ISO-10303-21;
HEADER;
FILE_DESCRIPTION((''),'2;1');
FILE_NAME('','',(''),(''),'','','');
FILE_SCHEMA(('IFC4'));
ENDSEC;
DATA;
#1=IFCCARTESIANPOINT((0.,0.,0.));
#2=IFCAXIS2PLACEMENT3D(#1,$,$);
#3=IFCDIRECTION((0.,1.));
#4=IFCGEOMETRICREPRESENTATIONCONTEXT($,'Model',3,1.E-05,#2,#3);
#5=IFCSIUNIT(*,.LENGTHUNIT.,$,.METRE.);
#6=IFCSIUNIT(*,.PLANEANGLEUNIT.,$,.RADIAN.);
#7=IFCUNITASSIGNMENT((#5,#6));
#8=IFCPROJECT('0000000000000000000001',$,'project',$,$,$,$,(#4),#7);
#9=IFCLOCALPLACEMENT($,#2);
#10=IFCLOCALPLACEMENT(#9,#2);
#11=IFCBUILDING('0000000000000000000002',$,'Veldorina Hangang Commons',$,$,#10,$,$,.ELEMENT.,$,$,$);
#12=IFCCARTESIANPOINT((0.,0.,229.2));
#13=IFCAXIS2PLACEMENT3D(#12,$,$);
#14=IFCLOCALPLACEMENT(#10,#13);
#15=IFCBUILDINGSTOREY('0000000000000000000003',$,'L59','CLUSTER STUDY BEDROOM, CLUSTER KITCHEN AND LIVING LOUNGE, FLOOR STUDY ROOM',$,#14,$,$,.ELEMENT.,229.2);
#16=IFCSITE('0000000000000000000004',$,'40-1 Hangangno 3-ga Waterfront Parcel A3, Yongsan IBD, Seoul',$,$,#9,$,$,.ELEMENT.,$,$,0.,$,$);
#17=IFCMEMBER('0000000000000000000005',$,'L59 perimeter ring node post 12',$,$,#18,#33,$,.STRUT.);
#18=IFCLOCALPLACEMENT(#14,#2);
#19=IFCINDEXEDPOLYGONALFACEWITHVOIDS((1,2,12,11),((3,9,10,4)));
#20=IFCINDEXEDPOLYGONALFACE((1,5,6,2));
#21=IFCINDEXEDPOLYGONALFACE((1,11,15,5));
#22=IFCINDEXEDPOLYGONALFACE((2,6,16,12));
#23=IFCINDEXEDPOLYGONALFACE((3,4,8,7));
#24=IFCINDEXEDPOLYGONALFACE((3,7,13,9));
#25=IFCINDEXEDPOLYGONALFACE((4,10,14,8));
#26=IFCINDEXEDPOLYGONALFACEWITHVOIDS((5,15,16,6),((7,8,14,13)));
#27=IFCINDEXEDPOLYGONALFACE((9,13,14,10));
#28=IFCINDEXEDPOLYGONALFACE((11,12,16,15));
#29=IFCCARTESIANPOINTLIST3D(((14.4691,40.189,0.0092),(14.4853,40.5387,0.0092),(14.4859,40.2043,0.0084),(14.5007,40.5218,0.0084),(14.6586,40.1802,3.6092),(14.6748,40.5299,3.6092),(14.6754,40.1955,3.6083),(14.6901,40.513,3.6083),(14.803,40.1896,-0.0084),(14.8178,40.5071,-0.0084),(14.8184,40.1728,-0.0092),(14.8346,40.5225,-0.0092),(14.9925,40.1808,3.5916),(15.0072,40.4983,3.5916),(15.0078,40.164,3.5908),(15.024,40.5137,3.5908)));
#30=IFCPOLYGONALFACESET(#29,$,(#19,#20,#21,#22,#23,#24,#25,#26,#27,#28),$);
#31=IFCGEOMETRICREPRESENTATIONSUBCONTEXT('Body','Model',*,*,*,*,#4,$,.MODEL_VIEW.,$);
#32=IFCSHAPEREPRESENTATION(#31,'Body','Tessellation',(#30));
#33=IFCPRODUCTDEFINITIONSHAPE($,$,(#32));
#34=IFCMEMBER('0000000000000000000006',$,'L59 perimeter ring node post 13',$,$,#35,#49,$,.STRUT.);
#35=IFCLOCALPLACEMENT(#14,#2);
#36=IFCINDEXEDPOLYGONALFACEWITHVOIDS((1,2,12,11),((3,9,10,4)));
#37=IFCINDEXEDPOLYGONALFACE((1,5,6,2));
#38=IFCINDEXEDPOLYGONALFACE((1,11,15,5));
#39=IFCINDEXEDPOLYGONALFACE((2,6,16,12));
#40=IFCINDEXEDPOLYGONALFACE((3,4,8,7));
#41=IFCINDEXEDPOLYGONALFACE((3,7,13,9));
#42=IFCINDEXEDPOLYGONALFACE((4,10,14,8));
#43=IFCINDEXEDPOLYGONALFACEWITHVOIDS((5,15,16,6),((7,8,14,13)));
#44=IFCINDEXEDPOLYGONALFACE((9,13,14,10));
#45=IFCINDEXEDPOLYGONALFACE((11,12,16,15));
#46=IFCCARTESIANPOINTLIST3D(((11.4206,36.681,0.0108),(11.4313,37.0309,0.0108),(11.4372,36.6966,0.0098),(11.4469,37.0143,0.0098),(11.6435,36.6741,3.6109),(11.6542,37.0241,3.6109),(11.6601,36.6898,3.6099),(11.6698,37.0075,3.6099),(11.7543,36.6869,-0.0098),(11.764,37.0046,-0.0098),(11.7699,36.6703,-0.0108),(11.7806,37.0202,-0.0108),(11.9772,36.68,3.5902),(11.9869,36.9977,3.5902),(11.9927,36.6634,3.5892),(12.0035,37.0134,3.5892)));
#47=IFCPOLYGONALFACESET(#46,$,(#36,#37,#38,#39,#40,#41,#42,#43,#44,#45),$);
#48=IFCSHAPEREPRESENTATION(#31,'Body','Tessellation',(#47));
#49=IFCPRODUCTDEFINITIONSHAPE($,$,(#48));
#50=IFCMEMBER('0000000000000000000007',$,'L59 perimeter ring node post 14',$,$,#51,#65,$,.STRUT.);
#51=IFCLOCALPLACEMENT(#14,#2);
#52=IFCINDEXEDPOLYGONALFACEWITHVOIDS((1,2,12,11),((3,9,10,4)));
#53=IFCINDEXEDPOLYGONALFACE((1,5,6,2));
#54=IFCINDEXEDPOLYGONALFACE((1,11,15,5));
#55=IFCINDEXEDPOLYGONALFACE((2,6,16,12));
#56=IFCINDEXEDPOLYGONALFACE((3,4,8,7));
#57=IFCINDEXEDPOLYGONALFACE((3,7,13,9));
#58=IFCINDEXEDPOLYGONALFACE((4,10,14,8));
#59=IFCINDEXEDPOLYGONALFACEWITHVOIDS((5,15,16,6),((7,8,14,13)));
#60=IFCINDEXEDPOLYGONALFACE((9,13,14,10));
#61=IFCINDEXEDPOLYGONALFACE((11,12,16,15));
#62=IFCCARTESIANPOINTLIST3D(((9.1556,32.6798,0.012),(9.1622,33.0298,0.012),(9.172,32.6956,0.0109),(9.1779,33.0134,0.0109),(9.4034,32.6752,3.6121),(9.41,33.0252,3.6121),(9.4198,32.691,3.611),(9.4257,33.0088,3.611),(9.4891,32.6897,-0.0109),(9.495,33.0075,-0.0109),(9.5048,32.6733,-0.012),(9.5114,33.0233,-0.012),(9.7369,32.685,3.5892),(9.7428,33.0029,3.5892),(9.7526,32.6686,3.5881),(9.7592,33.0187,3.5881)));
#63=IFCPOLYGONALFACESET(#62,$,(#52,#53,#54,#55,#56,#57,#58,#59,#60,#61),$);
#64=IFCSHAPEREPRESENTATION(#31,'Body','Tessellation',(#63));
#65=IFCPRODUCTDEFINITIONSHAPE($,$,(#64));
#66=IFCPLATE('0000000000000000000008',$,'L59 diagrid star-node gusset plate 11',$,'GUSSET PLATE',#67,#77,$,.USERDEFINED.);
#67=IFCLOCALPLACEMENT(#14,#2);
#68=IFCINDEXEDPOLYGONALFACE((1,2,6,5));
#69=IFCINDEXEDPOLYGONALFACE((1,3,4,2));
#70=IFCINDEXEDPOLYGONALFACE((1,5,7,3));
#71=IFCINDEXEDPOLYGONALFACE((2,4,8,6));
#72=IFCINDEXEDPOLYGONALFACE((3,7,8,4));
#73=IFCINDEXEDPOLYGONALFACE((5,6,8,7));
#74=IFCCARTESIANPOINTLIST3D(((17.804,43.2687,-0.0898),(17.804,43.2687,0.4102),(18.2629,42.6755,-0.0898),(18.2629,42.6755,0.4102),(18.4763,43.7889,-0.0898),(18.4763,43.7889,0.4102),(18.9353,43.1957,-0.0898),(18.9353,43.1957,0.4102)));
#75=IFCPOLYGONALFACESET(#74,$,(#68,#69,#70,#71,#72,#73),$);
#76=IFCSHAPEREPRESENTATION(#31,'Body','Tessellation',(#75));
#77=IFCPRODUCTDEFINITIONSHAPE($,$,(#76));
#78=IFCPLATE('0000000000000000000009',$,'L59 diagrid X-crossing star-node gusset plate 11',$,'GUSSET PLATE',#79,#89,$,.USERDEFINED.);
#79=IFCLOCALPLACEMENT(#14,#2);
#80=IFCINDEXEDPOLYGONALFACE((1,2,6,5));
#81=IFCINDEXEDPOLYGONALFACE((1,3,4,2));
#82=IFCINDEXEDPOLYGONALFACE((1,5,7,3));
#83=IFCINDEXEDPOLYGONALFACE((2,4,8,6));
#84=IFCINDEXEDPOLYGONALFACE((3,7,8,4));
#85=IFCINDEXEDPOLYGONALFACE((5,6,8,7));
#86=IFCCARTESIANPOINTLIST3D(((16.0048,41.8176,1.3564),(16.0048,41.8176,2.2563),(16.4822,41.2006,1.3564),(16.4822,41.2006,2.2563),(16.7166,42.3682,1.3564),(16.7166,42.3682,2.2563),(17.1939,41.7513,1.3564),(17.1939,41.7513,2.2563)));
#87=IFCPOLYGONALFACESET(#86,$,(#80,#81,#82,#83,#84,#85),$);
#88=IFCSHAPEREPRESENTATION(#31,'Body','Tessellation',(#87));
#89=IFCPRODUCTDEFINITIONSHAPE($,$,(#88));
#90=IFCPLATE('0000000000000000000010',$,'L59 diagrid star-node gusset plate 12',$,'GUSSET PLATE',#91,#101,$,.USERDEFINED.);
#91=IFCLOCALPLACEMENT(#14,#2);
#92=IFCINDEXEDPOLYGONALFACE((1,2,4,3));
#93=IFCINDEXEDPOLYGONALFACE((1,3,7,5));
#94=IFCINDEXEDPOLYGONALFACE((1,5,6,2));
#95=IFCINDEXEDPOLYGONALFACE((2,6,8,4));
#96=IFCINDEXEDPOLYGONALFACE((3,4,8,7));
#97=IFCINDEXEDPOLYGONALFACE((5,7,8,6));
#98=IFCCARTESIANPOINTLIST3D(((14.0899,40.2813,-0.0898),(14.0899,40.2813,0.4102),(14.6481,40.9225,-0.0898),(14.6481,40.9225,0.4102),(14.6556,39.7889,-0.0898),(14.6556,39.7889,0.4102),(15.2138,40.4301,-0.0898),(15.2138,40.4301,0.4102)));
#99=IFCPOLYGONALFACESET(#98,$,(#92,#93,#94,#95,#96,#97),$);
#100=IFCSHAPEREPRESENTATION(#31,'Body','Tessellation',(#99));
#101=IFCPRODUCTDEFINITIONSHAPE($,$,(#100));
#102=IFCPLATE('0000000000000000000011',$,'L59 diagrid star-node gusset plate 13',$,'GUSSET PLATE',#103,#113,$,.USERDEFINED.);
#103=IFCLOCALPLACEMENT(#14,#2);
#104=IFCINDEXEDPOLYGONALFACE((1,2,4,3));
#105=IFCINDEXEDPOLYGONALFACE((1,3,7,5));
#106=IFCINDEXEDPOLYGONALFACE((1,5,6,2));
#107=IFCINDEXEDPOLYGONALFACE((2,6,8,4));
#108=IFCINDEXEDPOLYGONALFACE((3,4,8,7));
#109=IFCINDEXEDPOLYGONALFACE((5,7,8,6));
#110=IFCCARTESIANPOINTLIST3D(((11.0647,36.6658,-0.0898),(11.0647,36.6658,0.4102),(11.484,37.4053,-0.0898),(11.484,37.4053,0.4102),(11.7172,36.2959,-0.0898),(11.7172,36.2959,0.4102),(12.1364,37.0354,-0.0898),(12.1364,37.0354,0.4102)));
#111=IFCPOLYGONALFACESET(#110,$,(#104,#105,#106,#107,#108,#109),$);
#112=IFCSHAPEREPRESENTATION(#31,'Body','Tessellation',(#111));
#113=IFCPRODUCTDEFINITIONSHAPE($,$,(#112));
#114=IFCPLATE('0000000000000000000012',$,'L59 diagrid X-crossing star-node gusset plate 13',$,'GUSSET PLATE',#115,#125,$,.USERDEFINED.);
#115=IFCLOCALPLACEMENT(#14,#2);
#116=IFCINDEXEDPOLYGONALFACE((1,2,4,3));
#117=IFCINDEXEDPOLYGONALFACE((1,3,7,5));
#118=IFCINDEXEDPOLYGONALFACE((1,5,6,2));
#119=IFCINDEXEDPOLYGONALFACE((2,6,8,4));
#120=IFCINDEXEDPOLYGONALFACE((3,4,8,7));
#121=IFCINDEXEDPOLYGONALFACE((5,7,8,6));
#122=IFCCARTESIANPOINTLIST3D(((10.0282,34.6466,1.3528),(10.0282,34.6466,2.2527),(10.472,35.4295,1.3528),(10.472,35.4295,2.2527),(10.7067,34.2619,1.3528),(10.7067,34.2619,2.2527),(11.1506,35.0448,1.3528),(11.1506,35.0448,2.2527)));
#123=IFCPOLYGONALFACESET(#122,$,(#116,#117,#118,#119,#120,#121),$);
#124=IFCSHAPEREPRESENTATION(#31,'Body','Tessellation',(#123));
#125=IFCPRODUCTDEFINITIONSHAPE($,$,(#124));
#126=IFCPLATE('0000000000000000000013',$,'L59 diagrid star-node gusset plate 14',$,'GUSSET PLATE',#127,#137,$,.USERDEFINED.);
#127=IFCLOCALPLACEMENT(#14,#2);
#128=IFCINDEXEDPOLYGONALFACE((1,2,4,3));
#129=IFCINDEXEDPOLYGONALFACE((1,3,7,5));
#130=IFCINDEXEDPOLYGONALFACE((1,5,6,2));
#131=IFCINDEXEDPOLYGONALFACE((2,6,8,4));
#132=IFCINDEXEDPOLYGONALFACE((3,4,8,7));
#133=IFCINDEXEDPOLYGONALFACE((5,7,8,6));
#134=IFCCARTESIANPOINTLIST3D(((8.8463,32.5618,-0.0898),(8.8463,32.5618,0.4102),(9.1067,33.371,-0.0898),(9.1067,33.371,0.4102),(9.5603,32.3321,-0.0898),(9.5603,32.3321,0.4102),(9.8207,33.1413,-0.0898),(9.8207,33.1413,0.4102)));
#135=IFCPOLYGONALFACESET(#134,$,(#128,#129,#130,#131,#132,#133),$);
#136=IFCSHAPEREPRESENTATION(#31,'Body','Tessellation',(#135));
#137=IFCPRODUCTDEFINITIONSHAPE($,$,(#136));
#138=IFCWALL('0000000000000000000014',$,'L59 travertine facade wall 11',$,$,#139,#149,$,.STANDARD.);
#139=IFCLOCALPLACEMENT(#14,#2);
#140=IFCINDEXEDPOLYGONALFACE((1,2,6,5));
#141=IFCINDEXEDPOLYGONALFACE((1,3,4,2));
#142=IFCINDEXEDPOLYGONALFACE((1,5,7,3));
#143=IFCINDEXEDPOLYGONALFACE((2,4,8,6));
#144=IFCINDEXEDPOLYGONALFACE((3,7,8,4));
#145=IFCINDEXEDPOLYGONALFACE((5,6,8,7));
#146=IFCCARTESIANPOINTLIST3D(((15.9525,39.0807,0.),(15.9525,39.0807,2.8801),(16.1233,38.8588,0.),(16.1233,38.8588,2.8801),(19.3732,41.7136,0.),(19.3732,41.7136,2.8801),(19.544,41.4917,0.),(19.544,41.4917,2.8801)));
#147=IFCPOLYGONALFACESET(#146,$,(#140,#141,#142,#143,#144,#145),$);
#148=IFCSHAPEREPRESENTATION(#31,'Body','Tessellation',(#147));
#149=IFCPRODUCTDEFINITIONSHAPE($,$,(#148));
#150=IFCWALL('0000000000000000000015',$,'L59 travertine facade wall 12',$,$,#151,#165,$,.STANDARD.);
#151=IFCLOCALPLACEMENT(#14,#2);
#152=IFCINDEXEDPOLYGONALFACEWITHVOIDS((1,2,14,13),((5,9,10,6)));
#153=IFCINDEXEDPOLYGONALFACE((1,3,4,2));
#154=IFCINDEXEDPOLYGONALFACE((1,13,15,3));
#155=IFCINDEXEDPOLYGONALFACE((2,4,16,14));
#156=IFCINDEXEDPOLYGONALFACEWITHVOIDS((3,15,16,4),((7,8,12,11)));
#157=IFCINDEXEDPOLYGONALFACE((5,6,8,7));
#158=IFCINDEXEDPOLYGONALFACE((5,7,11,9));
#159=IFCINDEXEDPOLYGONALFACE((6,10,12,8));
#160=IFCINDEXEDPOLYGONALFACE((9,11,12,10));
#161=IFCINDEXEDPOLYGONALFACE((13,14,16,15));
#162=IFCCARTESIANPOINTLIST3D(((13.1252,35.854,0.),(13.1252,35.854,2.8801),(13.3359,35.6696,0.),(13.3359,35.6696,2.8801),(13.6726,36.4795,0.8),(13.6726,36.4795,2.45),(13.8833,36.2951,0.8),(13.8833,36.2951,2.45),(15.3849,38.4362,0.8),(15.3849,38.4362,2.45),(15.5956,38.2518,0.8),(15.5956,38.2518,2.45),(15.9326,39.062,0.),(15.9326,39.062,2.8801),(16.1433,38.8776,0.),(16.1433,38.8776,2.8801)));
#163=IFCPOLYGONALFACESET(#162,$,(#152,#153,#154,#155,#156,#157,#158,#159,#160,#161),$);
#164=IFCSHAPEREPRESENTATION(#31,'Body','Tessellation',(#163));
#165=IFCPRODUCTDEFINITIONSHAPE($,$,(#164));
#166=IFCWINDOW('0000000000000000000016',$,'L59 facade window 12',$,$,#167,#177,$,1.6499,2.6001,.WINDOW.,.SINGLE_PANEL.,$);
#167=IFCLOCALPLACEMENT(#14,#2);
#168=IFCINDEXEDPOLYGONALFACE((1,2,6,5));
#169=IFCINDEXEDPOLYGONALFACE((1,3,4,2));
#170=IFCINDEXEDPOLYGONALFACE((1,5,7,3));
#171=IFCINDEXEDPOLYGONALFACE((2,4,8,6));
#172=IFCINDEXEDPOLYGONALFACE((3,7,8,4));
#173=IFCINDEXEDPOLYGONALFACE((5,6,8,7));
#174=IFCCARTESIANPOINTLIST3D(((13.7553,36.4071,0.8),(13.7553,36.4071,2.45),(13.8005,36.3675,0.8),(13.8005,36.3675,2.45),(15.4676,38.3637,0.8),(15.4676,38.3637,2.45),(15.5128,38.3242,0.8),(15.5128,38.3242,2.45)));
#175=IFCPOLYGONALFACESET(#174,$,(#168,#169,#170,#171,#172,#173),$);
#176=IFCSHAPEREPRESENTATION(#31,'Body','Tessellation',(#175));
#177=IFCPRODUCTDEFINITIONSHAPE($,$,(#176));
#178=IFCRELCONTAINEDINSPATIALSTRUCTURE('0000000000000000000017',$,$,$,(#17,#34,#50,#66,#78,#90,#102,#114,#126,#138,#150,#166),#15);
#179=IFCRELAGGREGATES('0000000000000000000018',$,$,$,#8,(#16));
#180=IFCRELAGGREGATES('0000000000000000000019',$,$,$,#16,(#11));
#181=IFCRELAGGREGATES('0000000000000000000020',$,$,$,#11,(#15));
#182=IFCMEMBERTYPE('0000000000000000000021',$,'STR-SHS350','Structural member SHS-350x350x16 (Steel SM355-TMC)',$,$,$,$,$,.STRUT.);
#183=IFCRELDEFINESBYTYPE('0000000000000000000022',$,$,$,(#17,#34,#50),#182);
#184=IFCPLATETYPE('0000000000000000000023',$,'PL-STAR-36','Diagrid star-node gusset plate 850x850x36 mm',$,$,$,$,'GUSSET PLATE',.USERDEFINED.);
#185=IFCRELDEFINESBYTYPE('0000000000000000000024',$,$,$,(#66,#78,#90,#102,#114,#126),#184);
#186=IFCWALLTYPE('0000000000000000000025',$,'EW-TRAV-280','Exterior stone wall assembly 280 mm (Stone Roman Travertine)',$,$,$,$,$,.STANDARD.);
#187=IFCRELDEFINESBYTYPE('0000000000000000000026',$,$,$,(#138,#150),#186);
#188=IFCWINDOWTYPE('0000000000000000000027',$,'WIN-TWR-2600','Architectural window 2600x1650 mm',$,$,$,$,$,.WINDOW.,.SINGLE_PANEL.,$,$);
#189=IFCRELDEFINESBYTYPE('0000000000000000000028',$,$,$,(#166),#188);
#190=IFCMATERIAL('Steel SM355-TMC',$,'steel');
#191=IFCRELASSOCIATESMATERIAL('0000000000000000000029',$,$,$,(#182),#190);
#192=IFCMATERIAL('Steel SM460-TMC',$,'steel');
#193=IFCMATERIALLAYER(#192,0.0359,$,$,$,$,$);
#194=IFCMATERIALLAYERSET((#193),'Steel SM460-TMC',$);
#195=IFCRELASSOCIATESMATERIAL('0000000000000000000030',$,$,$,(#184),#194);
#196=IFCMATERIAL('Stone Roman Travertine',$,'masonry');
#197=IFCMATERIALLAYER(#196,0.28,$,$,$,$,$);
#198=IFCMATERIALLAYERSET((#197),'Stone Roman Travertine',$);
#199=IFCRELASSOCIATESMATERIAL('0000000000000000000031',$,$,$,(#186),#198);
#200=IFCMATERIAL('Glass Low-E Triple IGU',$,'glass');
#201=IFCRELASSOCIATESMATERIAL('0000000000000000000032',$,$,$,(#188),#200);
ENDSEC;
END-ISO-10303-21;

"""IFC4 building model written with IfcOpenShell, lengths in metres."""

from ifc_helpers import new_model, si_unit, direction, frame, frame_2d, origin, origin_2d, place, context, subcontext, project, spatial, rectangle, hollow_rectangle, extrude, material, layer, layer_set, material_profile, profile_set, type_object, element, fill, save


model = new_model("IFC4")

# Units and contexts
model_context = context("Model", 3, precision=1e-05, world=origin(), true_north=direction((0.0, 1.0)))
body_context = subcontext(model_context, "Body", "Model", "MODEL_VIEW")
ifc_project = project(units=[si_unit("LENGTHUNIT", "METRE"), si_unit("PLANEANGLEUNIT", "RADIAN")], contexts=[model_context])

# Site, building, storey
site_placement = place(None, origin())
site = spatial("IfcSite", under=ifc_project, at=site_placement, Name="40-1 Hangangno 3-ga Waterfront Parcel A3, Yongsan IBD, Seoul", CompositionType="ELEMENT", RefElevation=0.0)
building_placement = place(site_placement, origin())
building = spatial("IfcBuilding", under=site, at=building_placement, Name="Veldorina Hangang Commons", CompositionType="ELEMENT")
storey_placement = place(building_placement, frame((0.0, 0.0, 229.2)))
storey = spatial("IfcBuildingStorey", under=building, at=storey_placement, Name="L59", Description="CLUSTER STUDY BEDROOM, CLUSTER KITCHEN AND LIVING LOUNGE, FLOOR STUDY ROOM", CompositionType="ELEMENT", Elevation=229.2)

# Shared definitions
ifc_material_1 = material(Name="Steel SM355-TMC", Category="steel")

# Members
ifc_material_profile_1 = material_profile(ifc_material_1, hollow_rectangle(XDim=0.3501, YDim=0.3501, WallThickness=0.0161, at=origin_2d()), Name="SHS-350x350x16")
ifc_profile_set_1 = profile_set([ifc_material_profile_1], Name="Steel SM355-TMC")
member_type_1 = type_object("IfcMemberType", Name="STR-SHS350", Description="Structural member SHS-350x350x16 (Steel SM355-TMC)", PredefinedType="STRUT", material=ifc_profile_set_1)
member_1_placement = place(storey_placement, frame((14.6519, 40.3557, 0.0), z_axis=(0.052552, -0.002438, 0.998615), x_axis=(0.046342, 0.998926, 0.0)))
element("IfcMember", 1, at=member_1_placement, inside=storey, type_object=member_type_1, Name="L59 perimeter ring node post 12", PredefinedType="STRUT", context=body_context, shape_type="SweptSolid", body=[
    extrude(hollow_rectangle(XDim=0.3501, YDim=0.3501, WallThickness=0.0161, at=origin_2d()), origin(), (0.0, 0.0, 1.0), 3.605),
])
member_2_placement = place(storey_placement, frame((11.6006, 36.8506, 0.0), z_axis=(0.061797, -0.001895, 0.998087), x_axis=(0.030654, 0.99953, 0.0)))
element("IfcMember", 2, at=member_2_placement, inside=storey, type_object=member_type_1, Name="L59 perimeter ring node post 13", PredefinedType="STRUT", context=body_context, shape_type="SweptSolid", body=[
    extrude(hollow_rectangle(XDim=0.3501, YDim=0.3501, WallThickness=0.0161, at=origin_2d()), origin(), (0.0, 0.0, 1.0), 3.6069),
])
member_3_placement = place(storey_placement, frame((9.3335, 32.8516, 0.0), z_axis=(0.06867, -0.001285, 0.997639), x_axis=(0.018716, 0.999825, 0.0)))
element("IfcMember", 3, at=member_3_placement, inside=storey, type_object=member_type_1, Name="L59 perimeter ring node post 14", PredefinedType="STRUT", context=body_context, shape_type="SweptSolid", body=[
    extrude(hollow_rectangle(XDim=0.3501, YDim=0.3501, WallThickness=0.0161, at=origin_2d()), origin(), (0.0, 0.0, 1.0), 3.6086),
])

# Plates
ifc_material_2 = material(Name="Steel SM460-TMC", Category="steel")
ifc_layer_1 = layer(ifc_material_2, 0.0359)
ifc_layer_set_1 = layer_set([ifc_layer_1], Name="Steel SM460-TMC")
plate_type = type_object("IfcPlateType", Name="PL-STAR-36", Description="Diagrid star-node gusset plate 850x850x36 mm", ElementType="GUSSET PLATE", PredefinedType="USERDEFINED", material=ifc_layer_set_1)
plate_1_placement = place(storey_placement, frame((18.3696, 43.2322, -0.0898), z_axis=(0.0, 0.0, 1.0), x_axis=(-0.790914, -0.611927, 0.0)))
element("IfcPlate", 4, at=plate_1_placement, inside=storey, type_object=plate_type, Name="L59 diagrid star-node gusset plate 11", ObjectType="GUSSET PLATE", PredefinedType="USERDEFINED", context=body_context, shape_type="SweptSolid", body=[
    extrude(rectangle(XDim=0.8501, YDim=0.75, at=origin_2d()), origin(), (0.0, 0.0, 1.0), 0.5),
])
plate_2_placement = place(storey_placement, frame((16.5994, 41.7844, 1.3564), z_axis=(0.0, 0.0, 1.0), x_axis=(-0.790914, -0.611927, 0.0)))
element("IfcPlate", 5, at=plate_2_placement, inside=storey, type_object=plate_type, Name="L59 diagrid X-crossing star-node gusset plate 11", ObjectType="GUSSET PLATE", PredefinedType="USERDEFINED", context=body_context, shape_type="SweptSolid", body=[
    extrude(rectangle(XDim=0.8999, YDim=0.78, at=origin_2d()), origin(), (0.0, 0.0, 1.0), 0.8999),
])
for number, where, z_axis, x_axis, name in (
    (6, (14.6519, 40.3557, -0.0898), (0.0, 0.0, 1.0), (-0.656573, -0.754263, 0.0), "L59 diagrid star-node gusset plate 12"),
    (7, (11.6006, 36.8506, -0.0898), (0.0, 0.0, 1.0), (-0.493198, -0.869917, 0.0), "L59 diagrid star-node gusset plate 13"),
):
    element("IfcPlate", number, at=place(storey_placement, frame(where, z_axis=z_axis, x_axis=x_axis)), inside=storey, type_object=plate_type, Name=name, ObjectType="GUSSET PLATE", PredefinedType="USERDEFINED", context=body_context, shape_type="SweptSolid", body=[
        extrude(rectangle(XDim=0.8501, YDim=0.75, at=origin_2d()), origin(), (0.0, 0.0, 1.0), 0.5),
    ])
plate_3_placement = place(storey_placement, frame((10.5894, 34.8457, 1.3528), z_axis=(0.0, 0.0, 1.0), x_axis=(-0.493198, -0.869917, 0.0)))
element("IfcPlate", 8, at=plate_3_placement, inside=storey, type_object=plate_type, Name="L59 diagrid X-crossing star-node gusset plate 13", ObjectType="GUSSET PLATE", PredefinedType="USERDEFINED", context=body_context, shape_type="SweptSolid", body=[
    extrude(rectangle(XDim=0.8999, YDim=0.78, at=origin_2d()), origin(), (0.0, 0.0, 1.0), 0.8999),
])
plate_4_placement = place(storey_placement, frame((9.3335, 32.8516, -0.0898), z_axis=(0.0, 0.0, 1.0), x_axis=(-0.306293, -0.951937, 0.0)))
element("IfcPlate", 9, at=plate_4_placement, inside=storey, type_object=plate_type, Name="L59 diagrid star-node gusset plate 14", ObjectType="GUSSET PLATE", PredefinedType="USERDEFINED", context=body_context, shape_type="SweptSolid", body=[
    extrude(rectangle(XDim=0.8501, YDim=0.75, at=origin_2d()), origin(), (0.0, 0.0, 1.0), 0.5),
])

# Wall
ifc_material_3 = material(Name="Stone Roman Travertine", Category="masonry")
ifc_layer_2 = layer(ifc_material_3, 0.28)
ifc_layer_set_2 = layer_set([ifc_layer_2], Name="Stone Roman Travertine")
wall_type_1 = type_object("IfcWallType", Name="EW-TRAV-280", Description="Exterior stone wall assembly 280 mm (Stone Roman Travertine)", PredefinedType="STANDARD", material=ifc_layer_set_2)
wall_1_placement = place(storey_placement, frame((19.4585, 41.6025, 0.0), z_axis=(0.0, 0.0, 1.0), x_axis=(-0.792452, -0.609935, 0.0)))
element("IfcWall", 10, at=wall_1_placement, inside=storey, type_object=wall_type_1, Name="L59 travertine facade wall 11", PredefinedType="STANDARD", context=body_context, shape_type="SweptSolid", body=[
    extrude(rectangle(XDim=4.3167, YDim=0.28, at=frame_2d((2.1582, 0.0))), origin(), (0.0, 0.0, 1.0), 2.8801),
])

# Wall, opening, window
wall_2_placement = place(storey_placement, frame((16.0378, 38.9697, 0.0), z_axis=(0.0, 0.0, 1.0), x_axis=(-0.658553, -0.752534, 0.0)))
wall_2 = element("IfcWall", 11, at=wall_2_placement, inside=storey, type_object=wall_type_1, Name="L59 travertine facade wall 12", PredefinedType="STANDARD", context=body_context, shape_type="SweptSolid", body=[
    extrude(rectangle(XDim=4.2629, YDim=0.28, at=frame_2d((2.1313, 0.0))), origin(), (0.0, 0.0, 1.0), 2.8801),
])
opening_1_placement = place(wall_2_placement, frame((0.8315, 0.0, 0.8)))
opening_1 = element("IfcOpeningElement", 12, at=opening_1_placement, cuts=wall_2, PredefinedType="OPENING", context=body_context, shape_type="SweptSolid", body=[
    extrude(rectangle(XDim=2.6001, YDim=1.6499, at=frame_2d((1.3, 0.825))), frame((0.0, 0.1499, 0.0), z_axis=(0.0, -1.0, 0.0), x_axis=(1.0, 0.0, 0.0)), (0.0, 0.0, 1.0), 0.3),
])
ifc_material_4 = material(Name="Glass Low-E Triple IGU", Category="glass")
window_type = type_object("IfcWindowType", Name="WIN-TWR-2600", Description="Architectural window 2600x1650 mm", PartitioningType="SINGLE_PANEL", PredefinedType="WINDOW", material=ifc_material_4)
window_1_placement = place(opening_1_placement, origin())
window_1 = element("IfcWindow", 13, at=window_1_placement, inside=storey, type_object=window_type, Name="L59 facade window 12", OverallHeight=1.6499, OverallWidth=2.6001, PartitioningType="SINGLE_PANEL", PredefinedType="WINDOW", context=body_context, shape_type="SweptSolid", body=[
    extrude(rectangle(XDim=2.6001, YDim=1.6499, at=frame_2d((1.3, 0.825))), frame((0.0, 0.03, 0.0), z_axis=(0.0, -1.0, 0.0), x_axis=(1.0, 0.0, 0.0)), (0.0, 0.0, 1.0), 0.0601),
])
fill(opening_1, window_1)

save(model, "model.ifc")
